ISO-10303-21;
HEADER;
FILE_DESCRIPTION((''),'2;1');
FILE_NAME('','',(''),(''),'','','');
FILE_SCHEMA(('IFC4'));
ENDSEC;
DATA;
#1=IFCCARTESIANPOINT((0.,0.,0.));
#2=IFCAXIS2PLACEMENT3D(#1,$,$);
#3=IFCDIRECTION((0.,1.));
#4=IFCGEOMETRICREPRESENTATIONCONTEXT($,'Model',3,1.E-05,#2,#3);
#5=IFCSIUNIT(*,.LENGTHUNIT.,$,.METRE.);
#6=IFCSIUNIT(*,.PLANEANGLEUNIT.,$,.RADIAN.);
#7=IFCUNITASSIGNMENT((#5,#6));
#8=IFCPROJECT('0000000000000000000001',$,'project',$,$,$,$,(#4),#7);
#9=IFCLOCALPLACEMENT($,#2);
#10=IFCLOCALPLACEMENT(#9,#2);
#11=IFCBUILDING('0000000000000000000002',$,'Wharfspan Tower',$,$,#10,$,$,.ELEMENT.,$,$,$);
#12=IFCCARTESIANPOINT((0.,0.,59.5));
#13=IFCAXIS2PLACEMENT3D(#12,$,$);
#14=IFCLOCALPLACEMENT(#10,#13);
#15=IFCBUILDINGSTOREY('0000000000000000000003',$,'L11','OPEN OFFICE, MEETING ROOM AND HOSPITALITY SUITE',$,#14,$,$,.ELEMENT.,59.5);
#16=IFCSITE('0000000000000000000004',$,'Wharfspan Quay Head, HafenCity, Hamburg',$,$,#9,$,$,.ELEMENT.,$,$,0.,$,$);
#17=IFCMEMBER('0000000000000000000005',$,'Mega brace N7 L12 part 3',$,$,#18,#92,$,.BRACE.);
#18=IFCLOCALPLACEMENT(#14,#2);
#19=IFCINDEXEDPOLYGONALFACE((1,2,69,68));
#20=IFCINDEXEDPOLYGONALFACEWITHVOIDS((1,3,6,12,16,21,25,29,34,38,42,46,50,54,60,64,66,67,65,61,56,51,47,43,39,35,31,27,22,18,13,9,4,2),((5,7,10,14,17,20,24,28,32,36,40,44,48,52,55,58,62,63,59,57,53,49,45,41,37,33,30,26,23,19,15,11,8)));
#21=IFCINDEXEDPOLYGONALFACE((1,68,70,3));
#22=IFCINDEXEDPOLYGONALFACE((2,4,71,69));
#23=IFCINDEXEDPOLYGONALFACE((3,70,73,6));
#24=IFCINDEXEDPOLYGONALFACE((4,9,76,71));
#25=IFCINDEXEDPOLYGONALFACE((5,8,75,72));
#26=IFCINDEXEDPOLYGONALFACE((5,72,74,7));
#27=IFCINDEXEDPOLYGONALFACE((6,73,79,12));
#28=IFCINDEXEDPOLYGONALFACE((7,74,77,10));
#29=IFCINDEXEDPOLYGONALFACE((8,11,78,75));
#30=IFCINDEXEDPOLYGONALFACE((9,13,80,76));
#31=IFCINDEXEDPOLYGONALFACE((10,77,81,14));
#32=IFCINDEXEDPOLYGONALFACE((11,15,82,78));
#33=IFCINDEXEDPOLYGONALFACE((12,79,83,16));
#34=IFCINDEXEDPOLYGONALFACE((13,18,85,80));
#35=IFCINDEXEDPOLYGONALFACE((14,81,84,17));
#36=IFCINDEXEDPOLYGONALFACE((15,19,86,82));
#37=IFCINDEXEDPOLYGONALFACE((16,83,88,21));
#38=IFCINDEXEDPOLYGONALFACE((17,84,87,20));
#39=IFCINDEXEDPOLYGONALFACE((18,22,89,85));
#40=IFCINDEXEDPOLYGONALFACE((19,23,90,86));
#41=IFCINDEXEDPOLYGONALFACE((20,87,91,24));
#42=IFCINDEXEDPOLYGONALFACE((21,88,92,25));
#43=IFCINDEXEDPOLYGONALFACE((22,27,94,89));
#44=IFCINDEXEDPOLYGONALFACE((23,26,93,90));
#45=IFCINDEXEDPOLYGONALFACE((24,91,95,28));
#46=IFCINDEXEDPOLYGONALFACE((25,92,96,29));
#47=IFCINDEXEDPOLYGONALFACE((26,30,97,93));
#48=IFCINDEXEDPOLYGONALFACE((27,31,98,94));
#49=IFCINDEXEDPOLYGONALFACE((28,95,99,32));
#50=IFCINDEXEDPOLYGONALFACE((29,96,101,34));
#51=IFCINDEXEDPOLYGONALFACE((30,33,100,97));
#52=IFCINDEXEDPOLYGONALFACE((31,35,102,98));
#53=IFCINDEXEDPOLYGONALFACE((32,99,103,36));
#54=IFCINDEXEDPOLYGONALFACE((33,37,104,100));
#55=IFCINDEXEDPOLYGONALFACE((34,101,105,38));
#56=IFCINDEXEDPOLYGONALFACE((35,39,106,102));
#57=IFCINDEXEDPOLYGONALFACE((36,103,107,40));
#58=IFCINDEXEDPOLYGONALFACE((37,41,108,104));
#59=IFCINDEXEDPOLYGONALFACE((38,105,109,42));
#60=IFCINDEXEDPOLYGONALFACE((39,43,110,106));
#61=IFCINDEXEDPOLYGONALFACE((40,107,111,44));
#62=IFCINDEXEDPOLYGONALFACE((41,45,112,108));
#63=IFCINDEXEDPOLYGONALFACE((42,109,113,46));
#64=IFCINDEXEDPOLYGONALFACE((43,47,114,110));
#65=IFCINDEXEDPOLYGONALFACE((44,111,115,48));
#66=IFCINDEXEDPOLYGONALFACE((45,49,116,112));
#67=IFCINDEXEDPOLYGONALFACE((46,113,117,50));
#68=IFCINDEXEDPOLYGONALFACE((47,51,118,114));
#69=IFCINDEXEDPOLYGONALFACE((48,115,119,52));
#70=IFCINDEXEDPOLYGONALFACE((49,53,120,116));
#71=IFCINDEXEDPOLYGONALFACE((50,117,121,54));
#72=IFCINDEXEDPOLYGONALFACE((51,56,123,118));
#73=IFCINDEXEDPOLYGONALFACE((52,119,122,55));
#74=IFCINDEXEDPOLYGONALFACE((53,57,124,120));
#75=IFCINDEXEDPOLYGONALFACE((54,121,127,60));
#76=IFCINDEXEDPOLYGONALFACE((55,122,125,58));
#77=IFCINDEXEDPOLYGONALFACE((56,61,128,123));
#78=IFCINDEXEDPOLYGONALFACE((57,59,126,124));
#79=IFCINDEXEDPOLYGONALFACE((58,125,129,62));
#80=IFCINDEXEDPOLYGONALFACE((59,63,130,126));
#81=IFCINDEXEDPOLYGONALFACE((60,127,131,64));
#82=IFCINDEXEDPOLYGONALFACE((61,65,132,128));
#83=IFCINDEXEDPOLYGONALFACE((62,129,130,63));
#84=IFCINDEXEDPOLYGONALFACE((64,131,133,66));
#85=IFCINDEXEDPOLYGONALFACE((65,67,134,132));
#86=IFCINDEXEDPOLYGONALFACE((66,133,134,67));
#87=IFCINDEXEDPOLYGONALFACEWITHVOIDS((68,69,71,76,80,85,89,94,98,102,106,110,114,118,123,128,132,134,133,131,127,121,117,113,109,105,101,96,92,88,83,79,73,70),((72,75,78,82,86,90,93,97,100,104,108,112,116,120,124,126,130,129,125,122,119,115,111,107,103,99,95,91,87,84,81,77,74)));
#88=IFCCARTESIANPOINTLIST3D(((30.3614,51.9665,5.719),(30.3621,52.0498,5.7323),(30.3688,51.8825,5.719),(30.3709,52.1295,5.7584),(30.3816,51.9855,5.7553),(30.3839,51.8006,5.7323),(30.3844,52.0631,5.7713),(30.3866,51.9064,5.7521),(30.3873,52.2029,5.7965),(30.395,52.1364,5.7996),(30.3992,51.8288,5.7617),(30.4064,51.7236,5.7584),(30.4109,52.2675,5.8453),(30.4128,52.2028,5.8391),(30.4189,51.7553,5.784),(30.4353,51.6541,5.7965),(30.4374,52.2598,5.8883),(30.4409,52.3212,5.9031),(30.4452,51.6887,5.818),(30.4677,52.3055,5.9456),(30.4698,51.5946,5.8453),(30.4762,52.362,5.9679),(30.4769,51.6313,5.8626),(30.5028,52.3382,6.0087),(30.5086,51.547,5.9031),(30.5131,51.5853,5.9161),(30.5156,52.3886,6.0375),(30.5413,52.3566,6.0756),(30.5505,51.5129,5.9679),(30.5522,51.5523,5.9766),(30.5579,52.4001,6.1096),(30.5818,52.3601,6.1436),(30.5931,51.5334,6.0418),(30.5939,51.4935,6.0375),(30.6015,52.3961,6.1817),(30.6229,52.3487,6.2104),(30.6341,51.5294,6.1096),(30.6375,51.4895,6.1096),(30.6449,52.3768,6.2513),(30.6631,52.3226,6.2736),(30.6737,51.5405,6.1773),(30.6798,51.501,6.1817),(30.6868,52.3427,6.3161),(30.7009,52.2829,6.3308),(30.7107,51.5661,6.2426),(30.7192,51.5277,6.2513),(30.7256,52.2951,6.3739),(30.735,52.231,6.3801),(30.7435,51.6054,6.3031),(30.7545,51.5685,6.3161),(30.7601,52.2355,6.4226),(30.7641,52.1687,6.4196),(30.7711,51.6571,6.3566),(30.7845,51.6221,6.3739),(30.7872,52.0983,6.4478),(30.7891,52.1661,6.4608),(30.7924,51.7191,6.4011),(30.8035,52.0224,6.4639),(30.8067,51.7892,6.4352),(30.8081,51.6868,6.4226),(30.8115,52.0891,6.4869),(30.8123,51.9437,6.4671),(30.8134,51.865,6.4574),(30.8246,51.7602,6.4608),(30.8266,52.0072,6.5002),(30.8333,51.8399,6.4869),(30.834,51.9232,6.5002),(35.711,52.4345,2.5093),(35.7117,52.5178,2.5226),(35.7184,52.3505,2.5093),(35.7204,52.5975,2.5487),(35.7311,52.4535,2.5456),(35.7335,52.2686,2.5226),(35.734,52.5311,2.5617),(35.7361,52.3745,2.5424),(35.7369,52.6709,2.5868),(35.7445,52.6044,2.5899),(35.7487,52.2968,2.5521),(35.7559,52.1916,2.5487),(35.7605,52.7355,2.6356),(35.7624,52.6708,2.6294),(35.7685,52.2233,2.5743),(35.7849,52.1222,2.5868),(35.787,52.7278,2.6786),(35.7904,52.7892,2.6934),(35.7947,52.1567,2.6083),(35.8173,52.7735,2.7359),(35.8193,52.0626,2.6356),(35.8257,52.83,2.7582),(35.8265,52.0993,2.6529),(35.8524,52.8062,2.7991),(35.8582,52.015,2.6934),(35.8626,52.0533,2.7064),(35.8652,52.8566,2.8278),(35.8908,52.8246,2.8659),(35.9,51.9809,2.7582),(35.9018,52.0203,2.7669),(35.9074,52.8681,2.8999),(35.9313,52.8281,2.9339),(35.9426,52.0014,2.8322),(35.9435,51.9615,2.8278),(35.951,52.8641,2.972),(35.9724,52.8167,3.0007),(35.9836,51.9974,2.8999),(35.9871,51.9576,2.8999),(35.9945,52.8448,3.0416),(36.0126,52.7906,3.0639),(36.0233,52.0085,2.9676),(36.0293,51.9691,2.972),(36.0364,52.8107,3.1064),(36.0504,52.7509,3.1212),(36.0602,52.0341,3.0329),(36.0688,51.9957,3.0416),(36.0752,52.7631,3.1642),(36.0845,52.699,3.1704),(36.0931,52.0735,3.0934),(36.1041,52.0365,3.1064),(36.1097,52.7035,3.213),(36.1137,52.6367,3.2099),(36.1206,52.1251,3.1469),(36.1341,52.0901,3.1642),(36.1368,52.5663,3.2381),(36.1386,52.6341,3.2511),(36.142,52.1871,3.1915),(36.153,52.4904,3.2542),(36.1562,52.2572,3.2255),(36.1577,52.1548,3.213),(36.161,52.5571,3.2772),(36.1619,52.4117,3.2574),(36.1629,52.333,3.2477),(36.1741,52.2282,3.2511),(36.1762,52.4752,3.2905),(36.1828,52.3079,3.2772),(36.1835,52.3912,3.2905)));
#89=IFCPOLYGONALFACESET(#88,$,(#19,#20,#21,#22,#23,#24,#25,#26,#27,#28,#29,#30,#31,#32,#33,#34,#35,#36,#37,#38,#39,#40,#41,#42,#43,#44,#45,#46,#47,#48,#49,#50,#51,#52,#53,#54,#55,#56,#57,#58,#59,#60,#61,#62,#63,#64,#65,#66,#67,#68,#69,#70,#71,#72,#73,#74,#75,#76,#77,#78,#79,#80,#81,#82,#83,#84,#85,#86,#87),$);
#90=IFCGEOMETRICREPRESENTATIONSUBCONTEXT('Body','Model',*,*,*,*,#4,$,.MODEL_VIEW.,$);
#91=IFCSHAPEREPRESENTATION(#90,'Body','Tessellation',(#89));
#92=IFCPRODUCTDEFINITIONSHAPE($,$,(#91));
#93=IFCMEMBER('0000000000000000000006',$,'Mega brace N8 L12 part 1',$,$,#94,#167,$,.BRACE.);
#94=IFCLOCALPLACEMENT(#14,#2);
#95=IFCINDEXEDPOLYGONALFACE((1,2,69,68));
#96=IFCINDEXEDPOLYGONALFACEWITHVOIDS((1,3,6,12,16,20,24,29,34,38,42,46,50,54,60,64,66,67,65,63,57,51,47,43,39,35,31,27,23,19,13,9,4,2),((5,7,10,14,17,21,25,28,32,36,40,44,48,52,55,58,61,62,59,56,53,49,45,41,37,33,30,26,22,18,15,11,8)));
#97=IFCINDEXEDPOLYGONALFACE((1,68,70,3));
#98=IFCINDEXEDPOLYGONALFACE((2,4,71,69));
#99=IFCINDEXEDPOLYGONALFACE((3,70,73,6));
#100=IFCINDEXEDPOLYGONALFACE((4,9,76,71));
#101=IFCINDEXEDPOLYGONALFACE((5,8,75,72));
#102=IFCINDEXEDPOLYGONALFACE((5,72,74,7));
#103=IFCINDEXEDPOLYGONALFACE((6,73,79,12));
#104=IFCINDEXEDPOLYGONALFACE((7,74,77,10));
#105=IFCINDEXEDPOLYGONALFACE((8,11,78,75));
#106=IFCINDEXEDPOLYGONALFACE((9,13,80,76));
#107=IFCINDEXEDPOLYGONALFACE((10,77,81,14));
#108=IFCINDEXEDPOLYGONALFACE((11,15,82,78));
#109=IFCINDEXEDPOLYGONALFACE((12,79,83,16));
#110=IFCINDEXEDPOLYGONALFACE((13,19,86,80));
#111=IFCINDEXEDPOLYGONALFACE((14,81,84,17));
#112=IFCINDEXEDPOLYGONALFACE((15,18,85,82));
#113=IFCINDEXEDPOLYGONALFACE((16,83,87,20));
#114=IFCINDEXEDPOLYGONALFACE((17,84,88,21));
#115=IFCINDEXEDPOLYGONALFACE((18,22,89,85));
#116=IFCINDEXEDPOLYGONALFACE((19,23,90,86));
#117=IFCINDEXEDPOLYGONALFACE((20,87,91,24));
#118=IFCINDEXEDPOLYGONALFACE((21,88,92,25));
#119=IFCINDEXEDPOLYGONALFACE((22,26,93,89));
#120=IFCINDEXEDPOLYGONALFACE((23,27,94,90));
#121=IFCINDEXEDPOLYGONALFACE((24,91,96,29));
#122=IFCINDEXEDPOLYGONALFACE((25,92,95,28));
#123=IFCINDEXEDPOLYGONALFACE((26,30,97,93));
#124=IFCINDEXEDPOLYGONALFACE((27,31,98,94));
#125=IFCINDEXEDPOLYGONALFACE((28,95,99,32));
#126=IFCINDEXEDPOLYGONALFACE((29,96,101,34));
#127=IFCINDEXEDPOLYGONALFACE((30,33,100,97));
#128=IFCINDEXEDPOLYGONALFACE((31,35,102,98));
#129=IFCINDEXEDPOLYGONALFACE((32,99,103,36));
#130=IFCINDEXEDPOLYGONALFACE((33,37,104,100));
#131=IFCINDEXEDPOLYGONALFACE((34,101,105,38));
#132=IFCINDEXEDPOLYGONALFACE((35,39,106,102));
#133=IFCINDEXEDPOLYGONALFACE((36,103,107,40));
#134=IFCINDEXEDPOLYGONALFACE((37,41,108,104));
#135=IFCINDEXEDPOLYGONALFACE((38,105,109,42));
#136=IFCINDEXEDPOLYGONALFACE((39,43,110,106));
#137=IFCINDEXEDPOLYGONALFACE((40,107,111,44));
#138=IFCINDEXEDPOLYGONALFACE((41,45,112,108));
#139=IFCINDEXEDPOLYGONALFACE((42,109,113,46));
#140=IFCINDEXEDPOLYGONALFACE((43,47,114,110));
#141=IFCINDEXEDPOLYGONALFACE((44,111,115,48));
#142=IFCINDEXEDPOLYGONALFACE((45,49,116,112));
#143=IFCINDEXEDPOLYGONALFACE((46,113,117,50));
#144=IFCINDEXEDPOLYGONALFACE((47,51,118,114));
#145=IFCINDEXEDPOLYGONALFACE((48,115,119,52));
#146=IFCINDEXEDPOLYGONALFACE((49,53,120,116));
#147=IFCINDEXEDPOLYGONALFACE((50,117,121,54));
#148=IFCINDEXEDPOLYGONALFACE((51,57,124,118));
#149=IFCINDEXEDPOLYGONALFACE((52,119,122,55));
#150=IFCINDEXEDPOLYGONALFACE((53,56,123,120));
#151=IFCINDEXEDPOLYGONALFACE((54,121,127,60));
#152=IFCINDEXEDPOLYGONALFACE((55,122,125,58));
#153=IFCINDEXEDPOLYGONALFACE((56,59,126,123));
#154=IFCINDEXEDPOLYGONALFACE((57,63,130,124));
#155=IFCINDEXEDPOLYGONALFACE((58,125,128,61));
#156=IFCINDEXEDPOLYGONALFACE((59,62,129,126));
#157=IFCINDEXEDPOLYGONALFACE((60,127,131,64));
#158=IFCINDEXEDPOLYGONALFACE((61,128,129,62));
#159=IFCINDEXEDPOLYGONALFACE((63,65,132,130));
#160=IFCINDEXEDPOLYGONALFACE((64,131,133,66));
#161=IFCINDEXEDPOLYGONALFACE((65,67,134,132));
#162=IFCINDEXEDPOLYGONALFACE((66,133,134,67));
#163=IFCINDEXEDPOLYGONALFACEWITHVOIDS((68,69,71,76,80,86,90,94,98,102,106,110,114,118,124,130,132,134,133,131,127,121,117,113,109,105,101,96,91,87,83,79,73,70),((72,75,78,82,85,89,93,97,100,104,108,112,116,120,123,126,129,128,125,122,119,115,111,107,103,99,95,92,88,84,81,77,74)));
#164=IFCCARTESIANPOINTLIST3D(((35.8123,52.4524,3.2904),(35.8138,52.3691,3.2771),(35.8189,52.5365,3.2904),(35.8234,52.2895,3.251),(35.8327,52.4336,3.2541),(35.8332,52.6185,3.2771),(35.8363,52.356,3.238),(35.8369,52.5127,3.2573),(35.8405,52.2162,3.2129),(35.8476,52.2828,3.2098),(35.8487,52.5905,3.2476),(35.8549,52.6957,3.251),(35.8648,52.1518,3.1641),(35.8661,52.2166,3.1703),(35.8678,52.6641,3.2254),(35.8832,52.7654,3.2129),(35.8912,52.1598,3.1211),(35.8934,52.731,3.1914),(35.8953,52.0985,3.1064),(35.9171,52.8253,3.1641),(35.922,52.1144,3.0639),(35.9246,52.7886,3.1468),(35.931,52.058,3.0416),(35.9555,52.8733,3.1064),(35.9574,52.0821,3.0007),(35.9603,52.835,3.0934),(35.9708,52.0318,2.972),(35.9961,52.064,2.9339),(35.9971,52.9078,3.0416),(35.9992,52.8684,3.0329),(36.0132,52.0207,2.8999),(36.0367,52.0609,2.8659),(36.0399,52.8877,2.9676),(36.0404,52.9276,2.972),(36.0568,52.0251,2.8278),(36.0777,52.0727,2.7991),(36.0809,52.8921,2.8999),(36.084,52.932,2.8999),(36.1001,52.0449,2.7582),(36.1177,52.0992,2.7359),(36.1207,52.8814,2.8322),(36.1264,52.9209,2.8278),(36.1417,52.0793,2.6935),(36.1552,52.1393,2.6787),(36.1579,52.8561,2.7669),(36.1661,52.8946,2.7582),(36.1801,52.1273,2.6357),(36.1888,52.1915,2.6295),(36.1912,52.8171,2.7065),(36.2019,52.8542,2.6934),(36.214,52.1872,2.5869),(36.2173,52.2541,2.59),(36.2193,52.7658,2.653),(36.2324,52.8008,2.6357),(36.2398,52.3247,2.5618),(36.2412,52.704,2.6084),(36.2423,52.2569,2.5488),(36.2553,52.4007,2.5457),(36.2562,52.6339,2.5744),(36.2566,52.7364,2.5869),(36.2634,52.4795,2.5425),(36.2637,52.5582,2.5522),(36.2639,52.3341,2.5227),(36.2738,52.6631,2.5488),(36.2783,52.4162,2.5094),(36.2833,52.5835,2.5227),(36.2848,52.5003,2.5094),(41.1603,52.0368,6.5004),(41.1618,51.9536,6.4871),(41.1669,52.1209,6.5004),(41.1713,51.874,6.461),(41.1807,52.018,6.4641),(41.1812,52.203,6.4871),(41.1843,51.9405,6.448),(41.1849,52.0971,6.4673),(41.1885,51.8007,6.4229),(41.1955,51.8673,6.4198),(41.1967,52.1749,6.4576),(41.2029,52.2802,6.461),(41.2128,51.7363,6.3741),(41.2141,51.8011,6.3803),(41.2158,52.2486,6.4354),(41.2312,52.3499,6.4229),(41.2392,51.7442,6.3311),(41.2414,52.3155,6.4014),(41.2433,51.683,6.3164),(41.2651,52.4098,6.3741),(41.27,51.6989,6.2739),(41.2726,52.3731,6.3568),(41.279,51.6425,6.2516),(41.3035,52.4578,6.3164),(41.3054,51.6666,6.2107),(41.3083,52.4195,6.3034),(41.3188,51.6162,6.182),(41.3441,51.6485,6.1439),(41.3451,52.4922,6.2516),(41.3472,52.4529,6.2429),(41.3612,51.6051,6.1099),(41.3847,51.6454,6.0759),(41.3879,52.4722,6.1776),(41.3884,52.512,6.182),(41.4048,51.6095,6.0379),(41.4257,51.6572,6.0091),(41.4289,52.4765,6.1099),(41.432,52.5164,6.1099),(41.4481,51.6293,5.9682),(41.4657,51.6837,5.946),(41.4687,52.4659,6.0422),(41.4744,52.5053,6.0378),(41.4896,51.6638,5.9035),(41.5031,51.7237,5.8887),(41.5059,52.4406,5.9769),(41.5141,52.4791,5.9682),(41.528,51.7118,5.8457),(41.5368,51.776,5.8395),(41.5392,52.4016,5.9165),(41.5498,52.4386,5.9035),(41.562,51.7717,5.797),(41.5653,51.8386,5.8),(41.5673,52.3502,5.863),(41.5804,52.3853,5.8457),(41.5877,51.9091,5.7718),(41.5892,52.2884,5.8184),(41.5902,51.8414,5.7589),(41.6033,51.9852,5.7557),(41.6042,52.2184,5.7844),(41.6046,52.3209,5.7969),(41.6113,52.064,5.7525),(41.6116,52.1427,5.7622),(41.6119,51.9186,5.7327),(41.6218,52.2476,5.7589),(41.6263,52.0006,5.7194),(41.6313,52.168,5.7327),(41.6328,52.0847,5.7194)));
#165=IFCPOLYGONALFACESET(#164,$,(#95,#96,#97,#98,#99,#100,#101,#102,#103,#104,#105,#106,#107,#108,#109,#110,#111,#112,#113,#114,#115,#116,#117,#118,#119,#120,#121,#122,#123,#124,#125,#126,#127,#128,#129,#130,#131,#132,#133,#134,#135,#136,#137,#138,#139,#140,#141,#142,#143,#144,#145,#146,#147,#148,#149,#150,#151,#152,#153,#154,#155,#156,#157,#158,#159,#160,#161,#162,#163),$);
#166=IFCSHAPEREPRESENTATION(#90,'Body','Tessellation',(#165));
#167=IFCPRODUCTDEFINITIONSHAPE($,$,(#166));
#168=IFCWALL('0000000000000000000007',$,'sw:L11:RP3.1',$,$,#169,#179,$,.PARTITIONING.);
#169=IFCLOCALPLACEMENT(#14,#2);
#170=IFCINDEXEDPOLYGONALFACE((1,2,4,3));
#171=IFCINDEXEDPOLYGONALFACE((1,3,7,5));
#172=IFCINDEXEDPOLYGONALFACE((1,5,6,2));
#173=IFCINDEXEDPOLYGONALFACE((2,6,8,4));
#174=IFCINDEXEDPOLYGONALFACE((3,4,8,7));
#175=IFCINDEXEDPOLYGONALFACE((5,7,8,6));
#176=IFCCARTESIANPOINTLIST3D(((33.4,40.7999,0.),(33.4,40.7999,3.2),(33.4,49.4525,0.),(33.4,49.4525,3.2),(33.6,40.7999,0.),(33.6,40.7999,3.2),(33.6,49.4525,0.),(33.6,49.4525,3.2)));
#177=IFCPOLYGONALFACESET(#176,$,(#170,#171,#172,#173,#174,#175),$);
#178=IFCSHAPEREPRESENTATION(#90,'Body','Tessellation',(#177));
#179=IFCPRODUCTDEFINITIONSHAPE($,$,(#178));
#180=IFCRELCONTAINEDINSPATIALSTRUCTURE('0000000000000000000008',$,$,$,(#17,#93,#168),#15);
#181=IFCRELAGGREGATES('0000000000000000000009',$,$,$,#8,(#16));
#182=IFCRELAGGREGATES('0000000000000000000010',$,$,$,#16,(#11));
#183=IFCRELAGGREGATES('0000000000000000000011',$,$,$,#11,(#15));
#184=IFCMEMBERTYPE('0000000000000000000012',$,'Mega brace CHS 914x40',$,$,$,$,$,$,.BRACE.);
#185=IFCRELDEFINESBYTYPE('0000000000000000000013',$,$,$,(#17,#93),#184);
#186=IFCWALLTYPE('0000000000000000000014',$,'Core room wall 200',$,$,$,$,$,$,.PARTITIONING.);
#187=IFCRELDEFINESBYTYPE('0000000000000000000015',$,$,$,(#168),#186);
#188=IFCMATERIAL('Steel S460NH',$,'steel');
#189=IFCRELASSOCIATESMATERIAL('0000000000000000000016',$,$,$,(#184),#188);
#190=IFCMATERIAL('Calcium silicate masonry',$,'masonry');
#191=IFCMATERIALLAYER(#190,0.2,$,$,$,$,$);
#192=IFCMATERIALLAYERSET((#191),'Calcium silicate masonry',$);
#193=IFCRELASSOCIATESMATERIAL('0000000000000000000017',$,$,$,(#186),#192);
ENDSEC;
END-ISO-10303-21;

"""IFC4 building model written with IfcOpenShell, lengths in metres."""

from ifc_helpers import new_model, si_unit, direction, frame, frame_2d, origin, origin_2d, place, context, subcontext, project, spatial, rectangle, hollow_circle, extrude, material, layer, layer_set, material_profile, profile_set, type_object, element, save


model = new_model("IFC4")

# Units and contexts
model_context = context("Model", 3, precision=1e-05, world=origin(), true_north=direction((0.0, 1.0)))
body_context = subcontext(model_context, "Body", "Model", "MODEL_VIEW")
ifc_project = project(units=[si_unit("LENGTHUNIT", "METRE"), si_unit("PLANEANGLEUNIT", "RADIAN")], contexts=[model_context])

# Site, building, storey
site_placement = place(None, origin())
site = spatial("IfcSite", under=ifc_project, at=site_placement, Name="Wharfspan Quay Head, HafenCity, Hamburg", CompositionType="ELEMENT", RefElevation=0.0)
building_placement = place(site_placement, origin())
building = spatial("IfcBuilding", under=site, at=building_placement, Name="Wharfspan Tower", CompositionType="ELEMENT")
storey_placement = place(building_placement, frame((0.0, 0.0, 59.5)))
storey = spatial("IfcBuildingStorey", under=building, at=storey_placement, Name="L11", Description="OPEN OFFICE, MEETING ROOM AND HOSPITALITY SUITE", CompositionType="ELEMENT", Elevation=59.5)

# Members
ifc_material_1 = material(Name="Steel S460NH", Category="steel")
ifc_material_profile_1 = material_profile(ifc_material_1, hollow_circle(Radius=0.457, WallThickness=0.04, at=origin_2d()))
ifc_profile_set_1 = profile_set([ifc_material_profile_1], Name="Steel S460NH")
member_type = type_object("IfcMemberType", Name="Mega brace CHS 914x40", PredefinedType="BRACE", material=ifc_profile_set_1)
member_1_placement = place(storey_placement, frame((35.9473, 52.4128, 2.8999), z_axis=(-0.855094, -0.074809, 0.513048), x_axis=(0.087154, -0.996195, 0.000001)))
element("IfcMember", 1, at=member_1_placement, inside=storey, type_object=member_type, Name="Mega brace N7 L12 part 3", PredefinedType="BRACE", context=body_context, shape_type="SweptSolid", body=[
    extrude(hollow_circle(Radius=0.457, WallThickness=0.04, at=origin_2d()), origin(), (0.0, 0.0, 1.0), 6.2561),
])
member_2_placement = place(storey_placement, frame((36.0486, 52.4763, 2.8999), z_axis=(0.85551, -0.066472, 0.513501), x_axis=(0.077467, 0.996995, -0.000003)))
element("IfcMember", 2, at=member_2_placement, inside=storey, type_object=member_type, Name="Mega brace N8 L12 part 1", PredefinedType="BRACE", context=body_context, shape_type="SweptSolid", body=[
    extrude(hollow_circle(Radius=0.457, WallThickness=0.04, at=origin_2d()), origin(), (0.0, 0.0, 1.0), 6.2512),
])

# Wall
ifc_material_2 = material(Name="Calcium silicate masonry", Category="masonry")
ifc_layer_1 = layer(ifc_material_2, 0.2)
ifc_layer_set_1 = layer_set([ifc_layer_1], Name="Calcium silicate masonry")
wall_type_1 = type_object("IfcWallType", Name="Core room wall 200", PredefinedType="PARTITIONING", material=ifc_layer_set_1)
wall_1_placement = place(storey_placement, frame((33.5, 40.8, 0.0), z_axis=(0.0, 0.0, 1.0), x_axis=(0.0, 1.0, 0.0)))
element("IfcWall", 3, at=wall_1_placement, inside=storey, type_object=wall_type_1, Name="sw:L11:RP3.1", PredefinedType="PARTITIONING", context=body_context, shape_type="SweptSolid", body=[
    extrude(rectangle(XDim=8.6526, YDim=0.2, at=frame_2d((4.3262, 0.0))), origin(), (0.0, 0.0, 1.0), 3.2),
])

save(model, "model.ifc")
